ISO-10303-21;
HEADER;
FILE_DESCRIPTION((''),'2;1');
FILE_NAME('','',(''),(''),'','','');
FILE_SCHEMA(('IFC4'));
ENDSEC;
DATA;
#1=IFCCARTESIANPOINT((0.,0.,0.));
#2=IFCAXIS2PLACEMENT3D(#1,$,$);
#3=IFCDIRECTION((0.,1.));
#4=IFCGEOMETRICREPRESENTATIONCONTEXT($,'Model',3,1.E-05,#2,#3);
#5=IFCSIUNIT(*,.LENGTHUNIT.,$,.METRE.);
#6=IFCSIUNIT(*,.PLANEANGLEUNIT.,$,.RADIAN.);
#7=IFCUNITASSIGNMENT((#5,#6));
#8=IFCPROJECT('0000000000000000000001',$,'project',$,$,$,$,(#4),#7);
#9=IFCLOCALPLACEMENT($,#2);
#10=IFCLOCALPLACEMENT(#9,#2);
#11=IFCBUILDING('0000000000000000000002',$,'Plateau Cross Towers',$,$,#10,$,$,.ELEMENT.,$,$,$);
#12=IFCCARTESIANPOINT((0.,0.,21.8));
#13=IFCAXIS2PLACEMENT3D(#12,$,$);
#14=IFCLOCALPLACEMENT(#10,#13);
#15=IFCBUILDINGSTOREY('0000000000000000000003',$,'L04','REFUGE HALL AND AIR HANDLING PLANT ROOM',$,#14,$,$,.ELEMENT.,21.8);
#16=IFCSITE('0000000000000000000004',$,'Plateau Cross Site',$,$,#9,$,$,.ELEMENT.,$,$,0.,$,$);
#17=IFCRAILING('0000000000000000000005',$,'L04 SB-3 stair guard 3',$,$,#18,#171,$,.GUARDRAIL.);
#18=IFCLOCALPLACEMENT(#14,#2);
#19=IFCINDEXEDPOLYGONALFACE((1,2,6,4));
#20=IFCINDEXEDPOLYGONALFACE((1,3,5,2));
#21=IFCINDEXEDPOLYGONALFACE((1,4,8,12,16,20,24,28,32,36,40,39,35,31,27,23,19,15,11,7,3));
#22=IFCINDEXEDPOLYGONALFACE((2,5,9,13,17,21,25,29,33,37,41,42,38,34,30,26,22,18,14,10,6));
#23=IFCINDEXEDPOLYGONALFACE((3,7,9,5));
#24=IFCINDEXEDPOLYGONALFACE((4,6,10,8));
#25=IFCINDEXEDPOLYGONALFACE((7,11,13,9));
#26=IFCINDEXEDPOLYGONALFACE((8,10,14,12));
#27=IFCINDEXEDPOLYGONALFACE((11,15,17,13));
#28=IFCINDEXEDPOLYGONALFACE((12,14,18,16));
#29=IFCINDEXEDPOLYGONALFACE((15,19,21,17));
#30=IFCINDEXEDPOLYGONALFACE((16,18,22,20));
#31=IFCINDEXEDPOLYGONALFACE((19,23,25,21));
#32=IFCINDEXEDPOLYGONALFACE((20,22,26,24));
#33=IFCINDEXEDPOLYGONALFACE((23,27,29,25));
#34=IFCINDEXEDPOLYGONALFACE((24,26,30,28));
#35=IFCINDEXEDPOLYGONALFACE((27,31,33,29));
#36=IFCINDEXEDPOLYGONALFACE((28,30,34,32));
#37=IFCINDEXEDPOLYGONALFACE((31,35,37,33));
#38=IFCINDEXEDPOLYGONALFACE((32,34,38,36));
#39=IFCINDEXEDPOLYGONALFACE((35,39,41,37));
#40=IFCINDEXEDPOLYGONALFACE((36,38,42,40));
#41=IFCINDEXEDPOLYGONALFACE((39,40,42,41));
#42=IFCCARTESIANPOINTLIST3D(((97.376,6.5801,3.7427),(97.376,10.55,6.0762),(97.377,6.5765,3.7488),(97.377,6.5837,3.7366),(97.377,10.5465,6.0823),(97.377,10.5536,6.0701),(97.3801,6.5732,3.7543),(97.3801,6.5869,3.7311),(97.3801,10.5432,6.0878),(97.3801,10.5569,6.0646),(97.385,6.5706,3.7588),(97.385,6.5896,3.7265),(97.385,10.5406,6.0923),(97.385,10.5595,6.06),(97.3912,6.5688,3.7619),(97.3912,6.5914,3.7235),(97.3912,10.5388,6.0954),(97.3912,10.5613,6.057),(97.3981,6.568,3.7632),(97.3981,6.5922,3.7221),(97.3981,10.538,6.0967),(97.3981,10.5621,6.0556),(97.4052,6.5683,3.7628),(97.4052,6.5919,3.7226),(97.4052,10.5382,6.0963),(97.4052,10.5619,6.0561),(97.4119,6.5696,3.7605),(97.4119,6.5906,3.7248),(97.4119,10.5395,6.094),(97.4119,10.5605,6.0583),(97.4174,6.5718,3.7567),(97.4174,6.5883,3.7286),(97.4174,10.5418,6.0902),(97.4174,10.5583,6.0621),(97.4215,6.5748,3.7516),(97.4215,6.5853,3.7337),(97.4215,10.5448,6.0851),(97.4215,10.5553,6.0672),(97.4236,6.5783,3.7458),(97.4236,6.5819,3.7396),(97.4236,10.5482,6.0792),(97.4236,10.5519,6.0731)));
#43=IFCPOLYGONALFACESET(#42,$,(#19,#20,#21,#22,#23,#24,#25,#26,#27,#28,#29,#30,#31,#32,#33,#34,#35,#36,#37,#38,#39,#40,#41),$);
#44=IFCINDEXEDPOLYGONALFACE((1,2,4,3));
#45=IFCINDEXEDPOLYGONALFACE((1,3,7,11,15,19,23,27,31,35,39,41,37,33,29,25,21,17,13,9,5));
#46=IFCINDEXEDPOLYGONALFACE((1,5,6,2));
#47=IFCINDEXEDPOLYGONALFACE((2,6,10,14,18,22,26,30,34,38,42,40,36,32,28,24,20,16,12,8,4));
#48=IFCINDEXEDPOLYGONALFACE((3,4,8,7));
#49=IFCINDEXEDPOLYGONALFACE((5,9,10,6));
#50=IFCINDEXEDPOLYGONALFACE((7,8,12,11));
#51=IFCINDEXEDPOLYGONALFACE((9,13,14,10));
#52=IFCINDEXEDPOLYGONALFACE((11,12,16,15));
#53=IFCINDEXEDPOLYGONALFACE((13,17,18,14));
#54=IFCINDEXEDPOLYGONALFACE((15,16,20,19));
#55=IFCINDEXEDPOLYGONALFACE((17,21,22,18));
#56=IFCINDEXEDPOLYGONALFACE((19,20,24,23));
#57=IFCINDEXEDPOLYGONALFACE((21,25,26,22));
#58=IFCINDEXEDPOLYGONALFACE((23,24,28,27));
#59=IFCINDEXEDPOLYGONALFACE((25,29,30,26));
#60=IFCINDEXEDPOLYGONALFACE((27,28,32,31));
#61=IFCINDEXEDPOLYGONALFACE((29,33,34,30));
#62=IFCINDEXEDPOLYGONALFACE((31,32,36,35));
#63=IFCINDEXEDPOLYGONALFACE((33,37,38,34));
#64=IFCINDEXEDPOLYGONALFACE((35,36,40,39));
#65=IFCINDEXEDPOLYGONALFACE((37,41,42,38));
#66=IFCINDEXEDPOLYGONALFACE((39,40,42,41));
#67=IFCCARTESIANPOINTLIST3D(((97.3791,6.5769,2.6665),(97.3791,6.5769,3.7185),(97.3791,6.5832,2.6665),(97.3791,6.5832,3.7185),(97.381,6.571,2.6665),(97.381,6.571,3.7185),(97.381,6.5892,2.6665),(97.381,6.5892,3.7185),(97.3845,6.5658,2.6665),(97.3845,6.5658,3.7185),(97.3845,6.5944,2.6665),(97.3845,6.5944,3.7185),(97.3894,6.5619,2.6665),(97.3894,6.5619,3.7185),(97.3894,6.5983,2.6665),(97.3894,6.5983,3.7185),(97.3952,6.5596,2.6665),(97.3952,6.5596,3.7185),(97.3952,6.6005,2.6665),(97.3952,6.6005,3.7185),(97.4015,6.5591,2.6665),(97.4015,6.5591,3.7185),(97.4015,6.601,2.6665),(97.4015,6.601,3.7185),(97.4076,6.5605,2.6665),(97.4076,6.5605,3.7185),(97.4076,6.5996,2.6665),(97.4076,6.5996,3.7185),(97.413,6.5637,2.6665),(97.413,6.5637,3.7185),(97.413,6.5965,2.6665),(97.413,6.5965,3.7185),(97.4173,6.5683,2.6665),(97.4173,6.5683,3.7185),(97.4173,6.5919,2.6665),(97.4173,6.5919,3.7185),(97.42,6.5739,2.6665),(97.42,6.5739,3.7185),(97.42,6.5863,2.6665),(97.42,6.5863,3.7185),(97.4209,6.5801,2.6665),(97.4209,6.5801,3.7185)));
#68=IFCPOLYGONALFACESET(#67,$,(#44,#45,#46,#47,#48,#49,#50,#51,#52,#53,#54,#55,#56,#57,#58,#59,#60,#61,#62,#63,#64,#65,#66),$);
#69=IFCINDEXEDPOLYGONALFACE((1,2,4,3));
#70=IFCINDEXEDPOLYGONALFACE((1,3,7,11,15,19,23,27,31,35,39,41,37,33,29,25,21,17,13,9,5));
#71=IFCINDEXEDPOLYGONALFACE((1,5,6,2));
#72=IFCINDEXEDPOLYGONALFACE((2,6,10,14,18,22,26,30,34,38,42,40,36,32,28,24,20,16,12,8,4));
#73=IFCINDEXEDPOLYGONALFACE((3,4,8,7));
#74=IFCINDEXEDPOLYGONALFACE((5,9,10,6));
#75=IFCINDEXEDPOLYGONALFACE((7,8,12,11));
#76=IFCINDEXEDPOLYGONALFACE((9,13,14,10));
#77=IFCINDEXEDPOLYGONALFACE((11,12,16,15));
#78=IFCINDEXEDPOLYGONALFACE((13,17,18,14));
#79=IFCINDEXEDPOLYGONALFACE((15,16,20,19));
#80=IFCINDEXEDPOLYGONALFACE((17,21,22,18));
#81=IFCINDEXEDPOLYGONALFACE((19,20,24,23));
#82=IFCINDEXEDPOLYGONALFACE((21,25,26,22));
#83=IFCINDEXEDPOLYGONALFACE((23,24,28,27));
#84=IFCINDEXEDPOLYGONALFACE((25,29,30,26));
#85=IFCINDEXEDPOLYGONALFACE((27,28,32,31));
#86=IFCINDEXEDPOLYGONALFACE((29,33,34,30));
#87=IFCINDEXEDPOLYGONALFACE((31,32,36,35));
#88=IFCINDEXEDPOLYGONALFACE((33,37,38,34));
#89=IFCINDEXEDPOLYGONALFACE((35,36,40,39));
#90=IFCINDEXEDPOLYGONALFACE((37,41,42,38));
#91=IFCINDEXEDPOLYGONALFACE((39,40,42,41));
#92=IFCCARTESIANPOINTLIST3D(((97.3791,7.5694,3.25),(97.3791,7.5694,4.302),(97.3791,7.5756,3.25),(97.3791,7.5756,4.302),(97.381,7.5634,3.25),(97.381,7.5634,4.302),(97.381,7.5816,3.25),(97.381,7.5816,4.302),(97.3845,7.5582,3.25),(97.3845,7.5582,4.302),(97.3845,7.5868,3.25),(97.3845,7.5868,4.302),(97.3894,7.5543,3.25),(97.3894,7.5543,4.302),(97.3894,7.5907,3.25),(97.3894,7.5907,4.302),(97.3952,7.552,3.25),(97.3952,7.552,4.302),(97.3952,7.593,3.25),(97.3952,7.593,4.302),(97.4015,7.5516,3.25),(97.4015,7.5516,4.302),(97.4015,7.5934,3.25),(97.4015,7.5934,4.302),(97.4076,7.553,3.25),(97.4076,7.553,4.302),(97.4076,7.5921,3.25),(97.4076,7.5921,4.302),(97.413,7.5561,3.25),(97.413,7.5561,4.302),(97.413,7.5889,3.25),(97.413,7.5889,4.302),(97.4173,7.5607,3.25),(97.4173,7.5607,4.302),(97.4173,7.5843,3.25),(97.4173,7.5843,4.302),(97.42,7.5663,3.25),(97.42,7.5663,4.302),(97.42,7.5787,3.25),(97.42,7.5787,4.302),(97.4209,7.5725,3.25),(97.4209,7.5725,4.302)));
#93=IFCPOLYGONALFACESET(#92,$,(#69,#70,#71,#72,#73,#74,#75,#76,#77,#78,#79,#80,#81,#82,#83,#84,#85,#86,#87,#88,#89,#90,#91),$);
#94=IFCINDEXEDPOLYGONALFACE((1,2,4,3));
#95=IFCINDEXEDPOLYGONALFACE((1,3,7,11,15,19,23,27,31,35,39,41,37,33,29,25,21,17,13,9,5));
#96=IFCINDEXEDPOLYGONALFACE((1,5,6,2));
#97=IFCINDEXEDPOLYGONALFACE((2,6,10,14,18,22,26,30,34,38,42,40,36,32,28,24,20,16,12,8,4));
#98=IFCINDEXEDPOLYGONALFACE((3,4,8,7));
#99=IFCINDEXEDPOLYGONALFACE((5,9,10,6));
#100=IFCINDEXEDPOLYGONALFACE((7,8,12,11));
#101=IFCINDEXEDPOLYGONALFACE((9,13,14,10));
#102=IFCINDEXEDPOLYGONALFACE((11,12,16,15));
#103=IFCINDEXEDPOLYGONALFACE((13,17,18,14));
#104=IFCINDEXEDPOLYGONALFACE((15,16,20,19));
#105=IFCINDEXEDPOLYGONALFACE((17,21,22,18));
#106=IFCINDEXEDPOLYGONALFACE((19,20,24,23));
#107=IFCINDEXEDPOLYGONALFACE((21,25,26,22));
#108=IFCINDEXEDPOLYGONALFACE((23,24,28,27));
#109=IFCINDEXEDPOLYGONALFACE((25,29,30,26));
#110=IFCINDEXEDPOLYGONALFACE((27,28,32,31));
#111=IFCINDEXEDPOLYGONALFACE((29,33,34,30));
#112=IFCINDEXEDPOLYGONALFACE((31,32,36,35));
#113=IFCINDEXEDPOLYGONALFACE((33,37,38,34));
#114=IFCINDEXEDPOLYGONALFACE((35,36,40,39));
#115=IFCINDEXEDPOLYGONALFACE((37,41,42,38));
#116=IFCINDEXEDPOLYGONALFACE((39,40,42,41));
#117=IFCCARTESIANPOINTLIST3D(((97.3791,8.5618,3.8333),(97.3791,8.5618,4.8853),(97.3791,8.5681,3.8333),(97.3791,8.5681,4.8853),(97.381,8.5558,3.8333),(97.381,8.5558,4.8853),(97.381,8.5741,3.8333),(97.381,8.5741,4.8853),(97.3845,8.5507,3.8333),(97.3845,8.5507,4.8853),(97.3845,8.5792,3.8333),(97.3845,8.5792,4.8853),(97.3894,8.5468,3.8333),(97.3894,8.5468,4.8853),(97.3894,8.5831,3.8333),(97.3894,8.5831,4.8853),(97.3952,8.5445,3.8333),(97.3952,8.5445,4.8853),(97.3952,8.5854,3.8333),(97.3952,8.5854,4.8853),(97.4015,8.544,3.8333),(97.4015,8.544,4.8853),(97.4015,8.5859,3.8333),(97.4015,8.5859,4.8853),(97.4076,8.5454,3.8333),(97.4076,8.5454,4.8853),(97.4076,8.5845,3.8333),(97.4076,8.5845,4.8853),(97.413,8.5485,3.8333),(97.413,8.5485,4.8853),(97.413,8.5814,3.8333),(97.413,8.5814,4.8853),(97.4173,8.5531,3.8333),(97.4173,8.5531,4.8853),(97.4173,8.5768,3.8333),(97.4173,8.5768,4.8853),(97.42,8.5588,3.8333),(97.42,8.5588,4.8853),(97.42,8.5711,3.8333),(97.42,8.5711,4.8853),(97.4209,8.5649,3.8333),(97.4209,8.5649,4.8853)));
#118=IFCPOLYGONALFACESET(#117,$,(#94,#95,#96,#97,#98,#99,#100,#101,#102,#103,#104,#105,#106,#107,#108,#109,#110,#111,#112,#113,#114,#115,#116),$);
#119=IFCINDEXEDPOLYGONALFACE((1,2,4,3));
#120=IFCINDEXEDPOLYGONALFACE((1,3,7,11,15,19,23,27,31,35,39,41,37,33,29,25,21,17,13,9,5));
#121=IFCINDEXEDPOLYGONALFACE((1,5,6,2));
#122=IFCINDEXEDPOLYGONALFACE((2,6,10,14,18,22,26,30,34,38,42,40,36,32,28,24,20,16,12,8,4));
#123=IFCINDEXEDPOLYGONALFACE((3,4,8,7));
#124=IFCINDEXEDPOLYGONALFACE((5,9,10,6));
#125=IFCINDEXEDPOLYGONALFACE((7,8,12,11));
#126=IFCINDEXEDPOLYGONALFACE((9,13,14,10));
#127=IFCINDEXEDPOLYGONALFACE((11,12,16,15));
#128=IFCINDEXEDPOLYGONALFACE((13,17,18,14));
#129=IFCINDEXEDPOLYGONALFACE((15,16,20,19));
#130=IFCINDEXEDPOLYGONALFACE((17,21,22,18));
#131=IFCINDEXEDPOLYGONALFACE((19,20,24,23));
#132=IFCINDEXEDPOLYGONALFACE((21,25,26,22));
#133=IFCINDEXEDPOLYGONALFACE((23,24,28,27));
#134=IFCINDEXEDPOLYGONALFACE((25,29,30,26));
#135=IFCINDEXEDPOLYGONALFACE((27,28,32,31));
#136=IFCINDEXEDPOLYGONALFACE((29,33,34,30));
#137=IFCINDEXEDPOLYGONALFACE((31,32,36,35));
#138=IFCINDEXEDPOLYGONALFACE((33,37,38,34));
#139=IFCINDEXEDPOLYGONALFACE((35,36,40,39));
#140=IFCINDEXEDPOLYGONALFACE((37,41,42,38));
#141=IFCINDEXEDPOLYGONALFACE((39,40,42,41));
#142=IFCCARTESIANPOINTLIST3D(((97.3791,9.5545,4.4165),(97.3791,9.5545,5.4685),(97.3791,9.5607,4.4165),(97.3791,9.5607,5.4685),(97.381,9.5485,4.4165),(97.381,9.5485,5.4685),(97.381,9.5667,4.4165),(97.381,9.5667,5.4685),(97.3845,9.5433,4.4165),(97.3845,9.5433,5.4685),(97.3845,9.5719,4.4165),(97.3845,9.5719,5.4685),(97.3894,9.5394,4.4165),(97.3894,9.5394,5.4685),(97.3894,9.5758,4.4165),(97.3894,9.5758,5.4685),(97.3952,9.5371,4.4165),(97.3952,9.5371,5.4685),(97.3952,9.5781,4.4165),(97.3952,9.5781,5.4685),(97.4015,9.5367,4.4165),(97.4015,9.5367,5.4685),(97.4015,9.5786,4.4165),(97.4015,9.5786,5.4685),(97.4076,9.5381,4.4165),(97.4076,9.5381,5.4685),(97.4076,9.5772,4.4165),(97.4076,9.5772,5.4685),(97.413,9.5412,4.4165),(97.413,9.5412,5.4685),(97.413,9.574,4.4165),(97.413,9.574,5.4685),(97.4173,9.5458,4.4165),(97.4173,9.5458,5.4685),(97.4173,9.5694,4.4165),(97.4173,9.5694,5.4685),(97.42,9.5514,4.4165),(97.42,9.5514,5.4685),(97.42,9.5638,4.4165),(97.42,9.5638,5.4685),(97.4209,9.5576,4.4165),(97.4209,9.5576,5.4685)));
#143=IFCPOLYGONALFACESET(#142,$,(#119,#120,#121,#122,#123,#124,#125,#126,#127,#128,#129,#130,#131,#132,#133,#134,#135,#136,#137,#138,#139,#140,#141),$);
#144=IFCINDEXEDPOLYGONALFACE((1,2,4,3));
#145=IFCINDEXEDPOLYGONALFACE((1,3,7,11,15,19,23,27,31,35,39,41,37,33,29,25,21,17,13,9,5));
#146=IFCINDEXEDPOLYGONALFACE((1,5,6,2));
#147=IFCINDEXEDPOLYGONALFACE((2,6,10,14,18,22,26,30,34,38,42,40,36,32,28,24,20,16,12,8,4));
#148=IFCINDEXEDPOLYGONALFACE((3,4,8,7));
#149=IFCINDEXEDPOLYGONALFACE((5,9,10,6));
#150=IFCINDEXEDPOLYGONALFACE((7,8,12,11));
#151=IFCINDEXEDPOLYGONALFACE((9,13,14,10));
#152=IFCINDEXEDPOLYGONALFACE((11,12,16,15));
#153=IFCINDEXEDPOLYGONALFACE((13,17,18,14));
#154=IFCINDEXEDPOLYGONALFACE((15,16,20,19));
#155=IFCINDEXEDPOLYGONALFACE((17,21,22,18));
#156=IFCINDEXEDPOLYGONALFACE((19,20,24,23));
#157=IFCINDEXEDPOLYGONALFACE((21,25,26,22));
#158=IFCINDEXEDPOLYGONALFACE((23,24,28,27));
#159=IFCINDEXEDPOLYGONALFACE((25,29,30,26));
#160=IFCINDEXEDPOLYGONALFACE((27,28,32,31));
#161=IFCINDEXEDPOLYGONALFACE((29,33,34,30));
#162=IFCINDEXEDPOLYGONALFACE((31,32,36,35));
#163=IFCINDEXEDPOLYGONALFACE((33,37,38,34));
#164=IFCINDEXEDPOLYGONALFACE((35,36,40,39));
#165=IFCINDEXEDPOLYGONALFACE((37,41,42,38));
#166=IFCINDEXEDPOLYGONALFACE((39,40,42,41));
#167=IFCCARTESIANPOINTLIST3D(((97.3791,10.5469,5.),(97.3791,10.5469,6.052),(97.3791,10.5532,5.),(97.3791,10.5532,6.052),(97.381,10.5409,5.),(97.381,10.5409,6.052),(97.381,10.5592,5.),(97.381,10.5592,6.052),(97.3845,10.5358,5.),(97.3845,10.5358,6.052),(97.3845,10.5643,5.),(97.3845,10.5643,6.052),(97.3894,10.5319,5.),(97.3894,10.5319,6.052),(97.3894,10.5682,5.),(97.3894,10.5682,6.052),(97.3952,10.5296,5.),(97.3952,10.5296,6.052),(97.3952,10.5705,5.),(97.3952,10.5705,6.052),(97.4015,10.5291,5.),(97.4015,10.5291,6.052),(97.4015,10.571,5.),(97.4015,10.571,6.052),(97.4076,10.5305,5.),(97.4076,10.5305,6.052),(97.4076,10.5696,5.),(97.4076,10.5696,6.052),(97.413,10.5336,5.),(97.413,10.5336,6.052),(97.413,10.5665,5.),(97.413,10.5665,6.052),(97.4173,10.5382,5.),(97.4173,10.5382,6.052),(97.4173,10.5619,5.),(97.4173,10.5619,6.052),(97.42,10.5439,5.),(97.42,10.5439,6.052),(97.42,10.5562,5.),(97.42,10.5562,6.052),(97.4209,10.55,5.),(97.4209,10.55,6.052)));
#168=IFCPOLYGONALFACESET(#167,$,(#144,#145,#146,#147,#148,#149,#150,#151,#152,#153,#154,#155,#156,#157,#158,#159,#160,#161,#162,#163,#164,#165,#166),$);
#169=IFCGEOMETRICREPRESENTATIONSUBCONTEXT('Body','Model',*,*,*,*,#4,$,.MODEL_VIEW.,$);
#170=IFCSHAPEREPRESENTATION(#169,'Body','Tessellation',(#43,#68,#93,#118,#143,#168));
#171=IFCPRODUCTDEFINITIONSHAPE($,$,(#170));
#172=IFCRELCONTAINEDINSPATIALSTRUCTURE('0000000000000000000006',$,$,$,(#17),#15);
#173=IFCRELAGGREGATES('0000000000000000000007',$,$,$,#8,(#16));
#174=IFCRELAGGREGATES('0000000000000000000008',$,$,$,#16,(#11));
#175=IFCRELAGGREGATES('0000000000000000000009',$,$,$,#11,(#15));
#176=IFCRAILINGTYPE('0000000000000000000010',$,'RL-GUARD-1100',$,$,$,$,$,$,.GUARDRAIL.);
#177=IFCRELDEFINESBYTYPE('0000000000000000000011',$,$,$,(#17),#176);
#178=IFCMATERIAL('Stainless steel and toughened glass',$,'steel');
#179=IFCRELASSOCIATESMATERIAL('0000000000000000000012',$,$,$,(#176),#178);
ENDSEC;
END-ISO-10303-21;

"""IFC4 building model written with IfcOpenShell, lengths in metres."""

from ifc_helpers import new_model, si_unit, direction, frame, origin, origin_2d, place, context, subcontext, project, spatial, circle, extrude, material, type_object, element, save


model = new_model("IFC4")

# Units and contexts
model_context = context("Model", 3, precision=1e-05, world=origin(), true_north=direction((0.0, 1.0)))
body_context = subcontext(model_context, "Body", "Model", "MODEL_VIEW")
ifc_project = project(units=[si_unit("LENGTHUNIT", "METRE"), si_unit("PLANEANGLEUNIT", "RADIAN")], contexts=[model_context])

# Site, building, storey
site_placement = place(None, origin())
site = spatial("IfcSite", under=ifc_project, at=site_placement, Name="Plateau Cross Site", CompositionType="ELEMENT", RefElevation=0.0)
building_placement = place(site_placement, origin())
building = spatial("IfcBuilding", under=site, at=building_placement, Name="Plateau Cross Towers", CompositionType="ELEMENT")
storey_placement = place(building_placement, frame((0.0, 0.0, 21.8)))
storey = spatial("IfcBuildingStorey", under=building, at=storey_placement, Name="L04", Description="REFUGE HALL AND AIR HANDLING PLANT ROOM", CompositionType="ELEMENT", Elevation=21.8)

# Railing
ifc_material_1 = material(Name="Stainless steel and toughened glass", Category="steel")
railing_type_1 = type_object("IfcRailingType", Name="RL-GUARD-1100", PredefinedType="GUARDRAIL", material=ifc_material_1)
railing_1_placement = place(storey_placement, frame((97.3999, 6.5801, 2.6665)))
element("IfcRailing", 1, at=railing_1_placement, inside=storey, type_object=railing_type_1, Name="L04 SB-3 stair guard 3", PredefinedType="GUARDRAIL", context=body_context, shape_type="SweptSolid", body=[
    extrude(circle(Radius=0.0239, at=origin_2d()), frame((0.0, 0.0, 1.0762), z_axis=(0.0, 0.862103, 0.506733), x_axis=(-1.0, 0.0, 0.0)), (0.0, 0.0, 1.0), 4.605),
    extrude(circle(Radius=0.021, at=origin_2d()), origin(), (0.0, 0.0, 1.0), 1.052),
    extrude(circle(Radius=0.021, at=origin_2d()), frame((0.0, 0.9924, 0.5835)), (0.0, 0.0, 1.0), 1.052),
    extrude(circle(Radius=0.021, at=origin_2d()), frame((0.0, 1.9849, 1.1667)), (0.0, 0.0, 1.0), 1.052),
    extrude(circle(Radius=0.021, at=origin_2d()), frame((0.0, 2.9775, 1.75)), (0.0, 0.0, 1.0), 1.052),
    extrude(circle(Radius=0.021, at=origin_2d()), frame((0.0, 3.97, 2.3335)), (0.0, 0.0, 1.0), 1.052),
])

save(model, "model.ifc")
